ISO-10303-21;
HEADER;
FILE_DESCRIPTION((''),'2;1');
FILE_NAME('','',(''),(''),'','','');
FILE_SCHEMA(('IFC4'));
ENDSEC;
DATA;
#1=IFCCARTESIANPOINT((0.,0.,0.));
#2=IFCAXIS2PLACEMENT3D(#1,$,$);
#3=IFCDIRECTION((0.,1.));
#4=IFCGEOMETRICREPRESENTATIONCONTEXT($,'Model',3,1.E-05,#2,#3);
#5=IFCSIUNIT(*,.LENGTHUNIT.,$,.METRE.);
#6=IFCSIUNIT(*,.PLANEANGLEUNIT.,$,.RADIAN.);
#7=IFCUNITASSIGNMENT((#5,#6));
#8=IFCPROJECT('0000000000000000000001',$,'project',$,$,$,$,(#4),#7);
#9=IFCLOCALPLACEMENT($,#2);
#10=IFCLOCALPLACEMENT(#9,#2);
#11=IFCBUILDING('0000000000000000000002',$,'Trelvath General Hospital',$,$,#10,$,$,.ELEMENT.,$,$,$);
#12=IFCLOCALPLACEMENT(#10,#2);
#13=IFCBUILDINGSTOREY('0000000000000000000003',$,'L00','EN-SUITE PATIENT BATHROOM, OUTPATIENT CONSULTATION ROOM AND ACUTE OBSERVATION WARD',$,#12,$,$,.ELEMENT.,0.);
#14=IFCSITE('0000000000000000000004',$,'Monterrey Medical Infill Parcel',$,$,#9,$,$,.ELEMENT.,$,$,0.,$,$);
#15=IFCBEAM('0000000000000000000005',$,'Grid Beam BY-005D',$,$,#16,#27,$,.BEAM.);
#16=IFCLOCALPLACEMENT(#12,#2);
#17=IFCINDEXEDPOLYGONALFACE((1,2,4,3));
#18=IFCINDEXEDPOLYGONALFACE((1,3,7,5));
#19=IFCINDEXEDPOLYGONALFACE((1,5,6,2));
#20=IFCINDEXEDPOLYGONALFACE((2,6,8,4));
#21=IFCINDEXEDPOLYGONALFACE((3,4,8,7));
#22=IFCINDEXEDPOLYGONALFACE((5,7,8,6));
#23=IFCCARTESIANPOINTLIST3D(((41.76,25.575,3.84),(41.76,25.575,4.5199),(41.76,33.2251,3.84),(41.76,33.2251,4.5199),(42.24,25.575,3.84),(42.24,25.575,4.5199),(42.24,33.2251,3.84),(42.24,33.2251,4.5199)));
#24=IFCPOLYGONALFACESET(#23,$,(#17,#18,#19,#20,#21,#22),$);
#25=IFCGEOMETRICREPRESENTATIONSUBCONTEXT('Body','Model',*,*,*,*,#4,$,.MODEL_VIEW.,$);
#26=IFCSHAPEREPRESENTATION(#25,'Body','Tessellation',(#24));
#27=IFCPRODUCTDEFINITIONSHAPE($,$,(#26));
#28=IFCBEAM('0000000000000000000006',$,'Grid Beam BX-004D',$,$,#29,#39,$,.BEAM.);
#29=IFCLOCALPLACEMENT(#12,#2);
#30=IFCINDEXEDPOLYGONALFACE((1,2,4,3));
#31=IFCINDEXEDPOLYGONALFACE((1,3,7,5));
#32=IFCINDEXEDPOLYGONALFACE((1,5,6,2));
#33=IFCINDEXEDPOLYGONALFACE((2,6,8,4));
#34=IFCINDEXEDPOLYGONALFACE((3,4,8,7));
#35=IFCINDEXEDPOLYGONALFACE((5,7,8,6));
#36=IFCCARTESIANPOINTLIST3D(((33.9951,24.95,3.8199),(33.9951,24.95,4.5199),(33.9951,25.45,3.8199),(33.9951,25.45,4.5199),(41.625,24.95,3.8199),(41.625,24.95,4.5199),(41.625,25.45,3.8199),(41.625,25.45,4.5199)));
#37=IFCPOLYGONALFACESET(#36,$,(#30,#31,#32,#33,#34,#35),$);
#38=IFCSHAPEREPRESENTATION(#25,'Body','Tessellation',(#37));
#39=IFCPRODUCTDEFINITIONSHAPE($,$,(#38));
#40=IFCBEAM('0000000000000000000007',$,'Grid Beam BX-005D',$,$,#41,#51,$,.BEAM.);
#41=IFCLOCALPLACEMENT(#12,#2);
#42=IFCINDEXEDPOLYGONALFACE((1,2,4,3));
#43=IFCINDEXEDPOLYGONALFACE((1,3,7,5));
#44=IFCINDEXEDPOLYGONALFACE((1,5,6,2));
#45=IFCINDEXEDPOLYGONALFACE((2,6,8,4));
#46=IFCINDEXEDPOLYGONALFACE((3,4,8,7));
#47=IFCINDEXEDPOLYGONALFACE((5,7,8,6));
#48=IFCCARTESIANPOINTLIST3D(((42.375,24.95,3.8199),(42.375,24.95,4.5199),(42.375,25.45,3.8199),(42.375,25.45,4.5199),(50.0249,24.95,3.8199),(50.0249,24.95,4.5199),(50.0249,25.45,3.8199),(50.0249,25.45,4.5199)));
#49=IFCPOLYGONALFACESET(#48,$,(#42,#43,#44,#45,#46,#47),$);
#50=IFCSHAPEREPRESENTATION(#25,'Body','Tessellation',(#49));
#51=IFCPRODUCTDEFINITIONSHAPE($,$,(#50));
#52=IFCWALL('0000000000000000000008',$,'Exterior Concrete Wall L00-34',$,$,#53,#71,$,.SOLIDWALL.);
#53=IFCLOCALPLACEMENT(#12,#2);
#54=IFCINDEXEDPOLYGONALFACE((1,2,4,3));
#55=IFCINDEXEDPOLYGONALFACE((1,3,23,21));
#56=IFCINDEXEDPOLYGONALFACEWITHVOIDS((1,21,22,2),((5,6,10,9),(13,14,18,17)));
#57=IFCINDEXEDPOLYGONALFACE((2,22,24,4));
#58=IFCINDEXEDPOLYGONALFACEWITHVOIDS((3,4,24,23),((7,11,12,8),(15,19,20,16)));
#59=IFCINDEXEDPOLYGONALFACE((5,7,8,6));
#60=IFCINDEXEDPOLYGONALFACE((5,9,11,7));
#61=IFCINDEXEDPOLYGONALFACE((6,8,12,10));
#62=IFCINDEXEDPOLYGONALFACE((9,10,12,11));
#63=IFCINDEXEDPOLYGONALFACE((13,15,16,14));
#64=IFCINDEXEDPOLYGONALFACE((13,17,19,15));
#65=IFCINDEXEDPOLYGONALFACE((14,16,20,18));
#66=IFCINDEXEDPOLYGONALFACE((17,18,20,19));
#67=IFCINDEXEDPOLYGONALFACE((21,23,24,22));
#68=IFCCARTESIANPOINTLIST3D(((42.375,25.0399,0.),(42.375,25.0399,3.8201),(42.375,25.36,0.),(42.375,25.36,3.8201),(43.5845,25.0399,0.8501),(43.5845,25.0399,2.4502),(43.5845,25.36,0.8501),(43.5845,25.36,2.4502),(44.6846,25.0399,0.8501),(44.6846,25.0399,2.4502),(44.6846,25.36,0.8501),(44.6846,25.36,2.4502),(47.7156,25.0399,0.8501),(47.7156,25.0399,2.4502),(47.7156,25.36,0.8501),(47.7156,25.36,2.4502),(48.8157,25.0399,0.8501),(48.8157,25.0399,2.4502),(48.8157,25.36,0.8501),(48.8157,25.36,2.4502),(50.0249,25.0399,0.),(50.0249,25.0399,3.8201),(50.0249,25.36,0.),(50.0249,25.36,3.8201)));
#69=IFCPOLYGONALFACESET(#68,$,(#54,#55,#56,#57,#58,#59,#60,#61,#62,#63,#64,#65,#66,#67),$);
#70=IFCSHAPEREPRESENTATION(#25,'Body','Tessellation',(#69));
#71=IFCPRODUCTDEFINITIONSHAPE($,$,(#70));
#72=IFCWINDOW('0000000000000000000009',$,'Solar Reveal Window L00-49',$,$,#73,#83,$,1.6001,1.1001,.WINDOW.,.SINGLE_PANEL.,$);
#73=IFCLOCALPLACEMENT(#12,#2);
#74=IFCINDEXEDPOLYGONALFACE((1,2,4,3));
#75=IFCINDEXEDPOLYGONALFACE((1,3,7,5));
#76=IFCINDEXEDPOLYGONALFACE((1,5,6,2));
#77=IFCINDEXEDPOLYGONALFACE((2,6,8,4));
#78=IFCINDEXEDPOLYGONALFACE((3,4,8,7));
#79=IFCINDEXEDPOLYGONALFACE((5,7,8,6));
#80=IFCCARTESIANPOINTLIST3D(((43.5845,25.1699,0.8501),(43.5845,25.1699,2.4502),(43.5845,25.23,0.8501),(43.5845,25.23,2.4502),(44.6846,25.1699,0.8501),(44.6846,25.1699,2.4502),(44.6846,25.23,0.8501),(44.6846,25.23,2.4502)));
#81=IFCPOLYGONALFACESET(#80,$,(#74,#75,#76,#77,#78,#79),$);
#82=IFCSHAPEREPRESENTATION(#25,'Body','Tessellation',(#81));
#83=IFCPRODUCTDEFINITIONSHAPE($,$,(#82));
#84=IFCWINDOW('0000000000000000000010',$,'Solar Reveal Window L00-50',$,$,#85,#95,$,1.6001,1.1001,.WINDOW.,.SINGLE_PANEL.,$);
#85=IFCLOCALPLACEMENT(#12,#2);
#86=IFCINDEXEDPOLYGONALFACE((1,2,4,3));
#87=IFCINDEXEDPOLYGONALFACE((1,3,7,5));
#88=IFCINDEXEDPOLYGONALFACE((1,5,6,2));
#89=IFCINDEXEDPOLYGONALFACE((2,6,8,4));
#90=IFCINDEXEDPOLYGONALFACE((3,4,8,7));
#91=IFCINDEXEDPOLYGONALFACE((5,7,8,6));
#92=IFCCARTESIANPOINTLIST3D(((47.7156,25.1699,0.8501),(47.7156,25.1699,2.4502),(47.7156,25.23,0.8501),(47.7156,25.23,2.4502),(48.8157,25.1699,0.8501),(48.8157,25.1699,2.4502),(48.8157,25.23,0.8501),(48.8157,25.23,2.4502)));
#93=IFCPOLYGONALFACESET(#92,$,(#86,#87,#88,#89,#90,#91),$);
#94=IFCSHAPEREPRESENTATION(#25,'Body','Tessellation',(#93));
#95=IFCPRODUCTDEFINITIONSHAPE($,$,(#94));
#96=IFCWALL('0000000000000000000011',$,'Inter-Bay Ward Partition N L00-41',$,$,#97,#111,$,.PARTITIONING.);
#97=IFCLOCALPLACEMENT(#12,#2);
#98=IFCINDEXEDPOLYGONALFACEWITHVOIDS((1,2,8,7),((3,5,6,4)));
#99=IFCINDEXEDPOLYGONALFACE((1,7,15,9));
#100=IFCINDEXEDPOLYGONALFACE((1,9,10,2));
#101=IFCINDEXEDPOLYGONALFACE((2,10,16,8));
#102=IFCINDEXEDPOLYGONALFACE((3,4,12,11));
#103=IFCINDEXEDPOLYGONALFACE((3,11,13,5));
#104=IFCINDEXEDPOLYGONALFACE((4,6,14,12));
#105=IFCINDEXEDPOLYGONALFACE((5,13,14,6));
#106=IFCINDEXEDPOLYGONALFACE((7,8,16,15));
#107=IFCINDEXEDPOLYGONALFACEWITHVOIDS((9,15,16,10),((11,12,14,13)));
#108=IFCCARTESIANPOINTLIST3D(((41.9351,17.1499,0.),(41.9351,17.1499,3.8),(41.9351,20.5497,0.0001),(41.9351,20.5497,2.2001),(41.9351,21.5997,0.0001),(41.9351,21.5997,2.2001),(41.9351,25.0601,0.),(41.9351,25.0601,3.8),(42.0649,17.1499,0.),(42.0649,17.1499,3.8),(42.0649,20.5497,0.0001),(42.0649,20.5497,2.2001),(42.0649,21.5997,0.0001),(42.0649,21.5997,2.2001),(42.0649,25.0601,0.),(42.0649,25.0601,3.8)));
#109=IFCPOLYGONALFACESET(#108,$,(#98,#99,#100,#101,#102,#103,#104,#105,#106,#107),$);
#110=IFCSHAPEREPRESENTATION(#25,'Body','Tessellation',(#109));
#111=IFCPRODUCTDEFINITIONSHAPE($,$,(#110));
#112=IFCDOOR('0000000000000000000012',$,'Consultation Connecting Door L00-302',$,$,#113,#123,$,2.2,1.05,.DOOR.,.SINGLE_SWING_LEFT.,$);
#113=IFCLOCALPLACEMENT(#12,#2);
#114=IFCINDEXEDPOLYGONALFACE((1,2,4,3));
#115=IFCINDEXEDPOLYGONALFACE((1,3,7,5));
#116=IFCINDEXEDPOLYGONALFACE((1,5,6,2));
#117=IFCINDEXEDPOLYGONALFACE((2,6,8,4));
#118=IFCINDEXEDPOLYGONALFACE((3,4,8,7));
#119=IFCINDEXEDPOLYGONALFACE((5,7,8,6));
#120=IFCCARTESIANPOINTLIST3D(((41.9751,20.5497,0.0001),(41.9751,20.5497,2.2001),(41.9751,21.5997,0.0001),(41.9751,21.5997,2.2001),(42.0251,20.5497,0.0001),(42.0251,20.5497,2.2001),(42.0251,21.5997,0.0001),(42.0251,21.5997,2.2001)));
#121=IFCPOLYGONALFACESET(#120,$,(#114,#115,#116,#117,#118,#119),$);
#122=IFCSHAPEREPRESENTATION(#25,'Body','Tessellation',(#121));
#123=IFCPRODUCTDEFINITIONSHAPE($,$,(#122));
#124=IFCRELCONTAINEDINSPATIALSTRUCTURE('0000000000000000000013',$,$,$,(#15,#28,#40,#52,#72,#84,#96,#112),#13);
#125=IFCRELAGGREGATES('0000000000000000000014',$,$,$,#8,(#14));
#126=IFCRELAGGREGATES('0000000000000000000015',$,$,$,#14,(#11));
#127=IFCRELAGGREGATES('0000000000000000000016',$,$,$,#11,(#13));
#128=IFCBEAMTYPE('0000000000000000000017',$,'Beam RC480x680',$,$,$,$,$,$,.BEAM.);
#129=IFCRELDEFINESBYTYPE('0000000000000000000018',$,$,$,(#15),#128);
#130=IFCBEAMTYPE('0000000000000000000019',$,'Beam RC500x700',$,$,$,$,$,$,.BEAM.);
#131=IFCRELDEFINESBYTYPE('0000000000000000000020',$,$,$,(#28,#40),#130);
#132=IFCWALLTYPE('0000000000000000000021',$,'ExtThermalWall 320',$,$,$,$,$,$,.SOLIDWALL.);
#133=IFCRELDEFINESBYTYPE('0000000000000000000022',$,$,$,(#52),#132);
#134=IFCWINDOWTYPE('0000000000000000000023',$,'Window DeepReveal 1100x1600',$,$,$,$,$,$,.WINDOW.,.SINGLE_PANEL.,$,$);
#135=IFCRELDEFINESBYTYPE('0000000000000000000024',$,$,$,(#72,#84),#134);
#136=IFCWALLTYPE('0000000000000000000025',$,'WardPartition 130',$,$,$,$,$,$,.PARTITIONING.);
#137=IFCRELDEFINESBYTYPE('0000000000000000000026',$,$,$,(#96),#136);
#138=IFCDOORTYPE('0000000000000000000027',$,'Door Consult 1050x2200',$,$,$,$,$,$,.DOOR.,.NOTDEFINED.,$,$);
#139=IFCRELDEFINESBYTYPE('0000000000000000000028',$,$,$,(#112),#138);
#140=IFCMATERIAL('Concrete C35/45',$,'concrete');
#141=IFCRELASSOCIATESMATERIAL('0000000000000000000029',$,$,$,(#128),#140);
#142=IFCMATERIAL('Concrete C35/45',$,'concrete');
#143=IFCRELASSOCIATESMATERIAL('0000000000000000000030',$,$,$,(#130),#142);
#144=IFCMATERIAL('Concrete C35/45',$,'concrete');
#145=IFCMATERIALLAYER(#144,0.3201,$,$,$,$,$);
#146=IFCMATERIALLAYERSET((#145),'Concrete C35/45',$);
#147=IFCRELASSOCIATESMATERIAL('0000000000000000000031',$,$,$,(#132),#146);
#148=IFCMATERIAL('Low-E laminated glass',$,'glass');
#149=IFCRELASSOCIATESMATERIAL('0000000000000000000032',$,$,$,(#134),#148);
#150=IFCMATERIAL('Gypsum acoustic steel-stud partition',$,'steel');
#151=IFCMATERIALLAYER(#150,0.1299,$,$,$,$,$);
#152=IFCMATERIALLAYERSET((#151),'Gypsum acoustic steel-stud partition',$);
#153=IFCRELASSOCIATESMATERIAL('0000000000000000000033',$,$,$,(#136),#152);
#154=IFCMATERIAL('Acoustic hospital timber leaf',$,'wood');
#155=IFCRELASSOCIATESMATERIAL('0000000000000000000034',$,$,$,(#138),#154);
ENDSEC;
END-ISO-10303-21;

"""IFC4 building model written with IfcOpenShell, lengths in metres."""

from ifc_helpers import new_model, si_unit, direction, frame, frame_2d, origin, origin_2d, place, context, subcontext, project, spatial, rectangle, extrude, material, layer, layer_set, material_profile, profile_set, type_object, element, fill, save


model = new_model("IFC4")

# Units and contexts
model_context = context("Model", 3, precision=1e-05, world=origin(), true_north=direction((0.0, 1.0)))
body_context = subcontext(model_context, "Body", "Model", "MODEL_VIEW")
ifc_project = project(units=[si_unit("LENGTHUNIT", "METRE"), si_unit("PLANEANGLEUNIT", "RADIAN")], contexts=[model_context])

# Site, building, storey
site_placement = place(None, origin())
site = spatial("IfcSite", under=ifc_project, at=site_placement, Name="Monterrey Medical Infill Parcel", CompositionType="ELEMENT", RefElevation=0.0)
building_placement = place(site_placement, origin())
building = spatial("IfcBuilding", under=site, at=building_placement, Name="Trelvath General Hospital", CompositionType="ELEMENT")
storey_placement = place(building_placement, origin())
storey = spatial("IfcBuildingStorey", under=building, at=storey_placement, Name="L00", Description="EN-SUITE PATIENT BATHROOM, OUTPATIENT CONSULTATION ROOM AND ACUTE OBSERVATION WARD", CompositionType="ELEMENT", Elevation=0.0)

# Beams
ifc_material_1 = material(Name="Concrete C35/45", Category="concrete")
ifc_material_profile_1 = material_profile(ifc_material_1, rectangle(XDim=0.48, YDim=0.6799, at=origin_2d()), Name="RCB480x680")
ifc_profile_set_1 = profile_set([ifc_material_profile_1], Name="Concrete C35/45")
beam_type_1 = type_object("IfcBeamType", Name="Beam RC480x680", PredefinedType="BEAM", material=ifc_profile_set_1)
beam_1_placement = place(storey_placement, frame((42.0, 25.575, 4.1799), z_axis=(0.0, 1.0, 0.0), x_axis=(-1.0, 0.0, 0.0)))
element("IfcBeam", 1, at=beam_1_placement, inside=storey, type_object=beam_type_1, Name="Grid Beam BY-005D", PredefinedType="BEAM", context=body_context, shape_type="SweptSolid", body=[
    extrude(rectangle(XDim=0.48, YDim=0.6799, at=origin_2d()), origin(), (0.0, 0.0, 1.0), 7.6501),
])
ifc_material_2 = material(Name="Concrete C35/45", Category="concrete")
ifc_material_profile_2 = material_profile(ifc_material_2, rectangle(XDim=0.5, YDim=0.7, at=origin_2d()), Name="RCB500x700")
ifc_profile_set_2 = profile_set([ifc_material_profile_2], Name="Concrete C35/45")
beam_type_2 = type_object("IfcBeamType", Name="Beam RC500x700", PredefinedType="BEAM", material=ifc_profile_set_2)
beam_2_placement = place(storey_placement, frame((33.9951, 25.2, 4.1699), z_axis=(1.0, 0.0, 0.0), x_axis=(0.0, 1.0, 0.0)))
element("IfcBeam", 2, at=beam_2_placement, inside=storey, type_object=beam_type_2, Name="Grid Beam BX-004D", PredefinedType="BEAM", context=body_context, shape_type="SweptSolid", body=[
    extrude(rectangle(XDim=0.5, YDim=0.7, at=origin_2d()), origin(), (0.0, 0.0, 1.0), 7.6299),
])
beam_3_placement = place(storey_placement, frame((42.375, 25.2, 4.1699), z_axis=(1.0, 0.0, 0.0), x_axis=(0.0, 1.0, 0.0)))
element("IfcBeam", 3, at=beam_3_placement, inside=storey, type_object=beam_type_2, Name="Grid Beam BX-005D", PredefinedType="BEAM", context=body_context, shape_type="SweptSolid", body=[
    extrude(rectangle(XDim=0.5, YDim=0.7, at=origin_2d()), origin(), (0.0, 0.0, 1.0), 7.6499),
])

# Wall, openings, windows
ifc_material_3 = material(Name="Concrete C35/45", Category="concrete")
ifc_layer_1 = layer(ifc_material_3, 0.3201)
ifc_layer_set_1 = layer_set([ifc_layer_1], Name="Concrete C35/45")
wall_type_1 = type_object("IfcWallType", Name="ExtThermalWall 320", PredefinedType="SOLIDWALL", material=ifc_layer_set_1)
wall_1_placement = place(storey_placement, frame((42.375, 25.2, 0.0), z_axis=(0.0, 0.0, 1.0), x_axis=(1.0, 0.0, 0.0)))
wall_1 = element("IfcWall", 4, at=wall_1_placement, inside=storey, type_object=wall_type_1, Name="Exterior Concrete Wall L00-34", PredefinedType="SOLIDWALL", context=body_context, shape_type="SweptSolid", body=[
    extrude(rectangle(XDim=7.6499, YDim=0.3201, at=frame_2d((3.825, 0.0))), origin(), (0.0, 0.0, 1.0), 3.8201),
])
opening_1_placement = place(wall_1_placement, frame((1.2095, 0.0, 0.8501)))
opening_1 = element("IfcOpeningElement", 5, at=opening_1_placement, cuts=wall_1, PredefinedType="OPENING", context=body_context, shape_type="SweptSolid", body=[
    extrude(rectangle(XDim=1.1001, YDim=1.6001, at=frame_2d((0.55, 0.8))), frame((0.0, 0.1699, 0.0), z_axis=(0.0, -1.0, 0.0), x_axis=(1.0, 0.0, 0.0)), (0.0, 0.0, 1.0), 0.3401),
])
opening_2_placement = place(wall_1_placement, frame((5.3406, 0.0, 0.8501)))
opening_2 = element("IfcOpeningElement", 6, at=opening_2_placement, cuts=wall_1, PredefinedType="OPENING", context=body_context, shape_type="SweptSolid", body=[
    extrude(rectangle(XDim=1.1001, YDim=1.6001, at=frame_2d((0.55, 0.8))), frame((0.0, 0.1699, 0.0), z_axis=(0.0, -1.0, 0.0), x_axis=(1.0, 0.0, 0.0)), (0.0, 0.0, 1.0), 0.3401),
])
ifc_material_4 = material(Name="Low-E laminated glass", Category="glass")
window_type = type_object("IfcWindowType", Name="Window DeepReveal 1100x1600", PartitioningType="SINGLE_PANEL", PredefinedType="WINDOW", material=ifc_material_4)
window_1_placement = place(opening_1_placement, origin())
window_1 = element("IfcWindow", 7, at=window_1_placement, inside=storey, type_object=window_type, Name="Solar Reveal Window L00-49", OverallHeight=1.6001, OverallWidth=1.1001, PartitioningType="SINGLE_PANEL", PredefinedType="WINDOW", context=body_context, shape_type="SweptSolid", body=[
    extrude(rectangle(XDim=1.1001, YDim=1.6001, at=frame_2d((0.55, 0.8))), frame((0.0, 0.03, 0.0), z_axis=(0.0, -1.0, 0.0), x_axis=(1.0, 0.0, 0.0)), (0.0, 0.0, 1.0), 0.0601),
])
fill(opening_1, window_1)
window_2_placement = place(opening_2_placement, origin())
window_2 = element("IfcWindow", 8, at=window_2_placement, inside=storey, type_object=window_type, Name="Solar Reveal Window L00-50", OverallHeight=1.6001, OverallWidth=1.1001, PartitioningType="SINGLE_PANEL", PredefinedType="WINDOW", context=body_context, shape_type="SweptSolid", body=[
    extrude(rectangle(XDim=1.1001, YDim=1.6001, at=frame_2d((0.55, 0.8))), frame((0.0, 0.03, 0.0), z_axis=(0.0, -1.0, 0.0), x_axis=(1.0, 0.0, 0.0)), (0.0, 0.0, 1.0), 0.0601),
])
fill(opening_2, window_2)

# Wall, opening, door
ifc_material_5 = material(Name="Gypsum acoustic steel-stud partition", Category="steel")
ifc_layer_2 = layer(ifc_material_5, 0.1299)
ifc_layer_set_2 = layer_set([ifc_layer_2], Name="Gypsum acoustic steel-stud partition")
wall_type_2 = type_object("IfcWallType", Name="WardPartition 130", PredefinedType="PARTITIONING", material=ifc_layer_set_2)
wall_2_placement = place(storey_placement, frame((42.0, 17.1499, 0.0), z_axis=(0.0, 0.0, 1.0), x_axis=(0.0, 1.0, 0.0)))
wall_2 = element("IfcWall", 9, at=wall_2_placement, inside=storey, type_object=wall_type_2, Name="Inter-Bay Ward Partition N L00-41", PredefinedType="PARTITIONING", context=body_context, shape_type="SweptSolid", body=[
    extrude(rectangle(XDim=7.9102, YDim=0.1299, at=frame_2d((3.9551, 0.0))), origin(), (0.0, 0.0, 1.0), 3.8),
])
opening_3_placement = place(wall_2_placement, frame((3.3999, 0.0, 0.0)))
opening_3 = element("IfcOpeningElement", 10, at=opening_3_placement, cuts=wall_2, PredefinedType="OPENING", context=body_context, shape_type="SweptSolid", body=[
    extrude(rectangle(XDim=1.05, YDim=2.2, at=frame_2d((0.5249, 1.1001))), frame((0.0, 0.075, 0.0), z_axis=(0.0, -1.0, 0.0), x_axis=(1.0, 0.0, 0.0)), (0.0, 0.0, 1.0), 0.1499),
])
ifc_material_6 = material(Name="Acoustic hospital timber leaf", Category="wood")
door_type = type_object("IfcDoorType", Name="Door Consult 1050x2200", OperationType="NOTDEFINED", PredefinedType="DOOR", material=ifc_material_6)
door_placement = place(opening_3_placement, origin())
door = element("IfcDoor", 11, at=door_placement, inside=storey, type_object=door_type, Name="Consultation Connecting Door L00-302", OperationType="SINGLE_SWING_LEFT", OverallHeight=2.2, OverallWidth=1.05, PredefinedType="DOOR", context=body_context, shape_type="SweptSolid", body=[
    extrude(rectangle(XDim=1.05, YDim=2.2, at=frame_2d((0.5249, 1.1001))), frame((0.0, 0.0249, 0.0), z_axis=(0.0, -1.0, 0.0), x_axis=(1.0, 0.0, 0.0)), (0.0, 0.0, 1.0), 0.05),
])
fill(opening_3, door)

save(model, "model.ifc")
